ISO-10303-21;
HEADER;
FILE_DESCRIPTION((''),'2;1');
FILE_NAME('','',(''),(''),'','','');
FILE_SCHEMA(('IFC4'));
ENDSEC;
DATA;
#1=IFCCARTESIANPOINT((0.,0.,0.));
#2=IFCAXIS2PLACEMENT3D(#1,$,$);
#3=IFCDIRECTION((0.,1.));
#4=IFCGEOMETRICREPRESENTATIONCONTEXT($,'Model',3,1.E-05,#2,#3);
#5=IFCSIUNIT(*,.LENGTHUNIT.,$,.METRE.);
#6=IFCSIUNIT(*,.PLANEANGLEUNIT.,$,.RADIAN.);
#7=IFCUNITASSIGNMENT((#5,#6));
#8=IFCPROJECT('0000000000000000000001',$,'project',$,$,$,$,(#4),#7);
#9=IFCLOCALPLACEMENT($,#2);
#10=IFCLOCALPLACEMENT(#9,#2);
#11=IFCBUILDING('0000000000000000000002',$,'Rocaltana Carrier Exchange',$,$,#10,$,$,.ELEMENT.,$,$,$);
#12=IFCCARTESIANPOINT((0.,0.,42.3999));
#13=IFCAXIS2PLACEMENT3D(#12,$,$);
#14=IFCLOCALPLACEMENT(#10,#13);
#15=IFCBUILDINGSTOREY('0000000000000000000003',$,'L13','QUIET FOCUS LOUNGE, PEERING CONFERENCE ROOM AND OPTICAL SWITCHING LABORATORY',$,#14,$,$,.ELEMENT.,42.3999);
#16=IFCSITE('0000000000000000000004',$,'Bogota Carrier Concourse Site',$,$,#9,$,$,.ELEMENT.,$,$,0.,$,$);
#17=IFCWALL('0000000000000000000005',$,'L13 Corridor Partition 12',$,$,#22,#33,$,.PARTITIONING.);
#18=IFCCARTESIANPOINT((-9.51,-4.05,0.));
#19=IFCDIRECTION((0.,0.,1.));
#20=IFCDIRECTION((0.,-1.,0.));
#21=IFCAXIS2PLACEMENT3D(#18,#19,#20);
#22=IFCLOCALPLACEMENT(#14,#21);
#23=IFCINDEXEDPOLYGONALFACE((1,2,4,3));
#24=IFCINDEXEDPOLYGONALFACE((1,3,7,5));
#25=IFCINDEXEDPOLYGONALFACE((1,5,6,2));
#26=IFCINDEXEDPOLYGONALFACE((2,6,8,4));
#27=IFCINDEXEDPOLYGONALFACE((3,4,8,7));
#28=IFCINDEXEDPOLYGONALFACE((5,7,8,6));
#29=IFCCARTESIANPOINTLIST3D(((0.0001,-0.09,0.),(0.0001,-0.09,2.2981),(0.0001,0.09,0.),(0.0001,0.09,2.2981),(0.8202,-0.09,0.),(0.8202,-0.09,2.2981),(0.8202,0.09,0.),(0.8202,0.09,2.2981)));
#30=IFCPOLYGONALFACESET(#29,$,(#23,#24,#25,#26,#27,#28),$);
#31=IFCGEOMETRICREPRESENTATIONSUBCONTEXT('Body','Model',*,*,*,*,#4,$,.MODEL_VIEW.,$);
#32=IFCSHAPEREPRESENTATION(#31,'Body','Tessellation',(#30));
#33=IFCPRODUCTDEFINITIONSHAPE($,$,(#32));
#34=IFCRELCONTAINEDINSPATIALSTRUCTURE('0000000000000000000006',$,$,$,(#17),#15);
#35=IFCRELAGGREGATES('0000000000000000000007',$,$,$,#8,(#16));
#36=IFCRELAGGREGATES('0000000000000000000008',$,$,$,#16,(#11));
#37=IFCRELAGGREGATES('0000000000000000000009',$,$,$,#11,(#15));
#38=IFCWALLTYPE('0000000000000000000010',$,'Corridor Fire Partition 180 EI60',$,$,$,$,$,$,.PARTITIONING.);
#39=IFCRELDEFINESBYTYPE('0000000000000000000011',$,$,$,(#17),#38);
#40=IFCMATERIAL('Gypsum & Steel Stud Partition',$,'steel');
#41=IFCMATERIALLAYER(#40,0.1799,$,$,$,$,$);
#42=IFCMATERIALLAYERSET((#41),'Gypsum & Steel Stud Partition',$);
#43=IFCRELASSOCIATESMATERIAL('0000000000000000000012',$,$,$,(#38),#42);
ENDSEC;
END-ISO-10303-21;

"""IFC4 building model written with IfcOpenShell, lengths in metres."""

from ifc_helpers import new_model, si_unit, direction, frame, frame_2d, origin, place, context, subcontext, project, spatial, rectangle, extrude, material, layer, layer_set, type_object, element, save


model = new_model("IFC4")

# Units and contexts
model_context = context("Model", 3, precision=1e-05, world=origin(), true_north=direction((0.0, 1.0)))
body_context = subcontext(model_context, "Body", "Model", "MODEL_VIEW")
ifc_project = project(units=[si_unit("LENGTHUNIT", "METRE"), si_unit("PLANEANGLEUNIT", "RADIAN")], contexts=[model_context])

# Site, building, storey
site_placement = place(None, origin())
site = spatial("IfcSite", under=ifc_project, at=site_placement, Name="Bogota Carrier Concourse Site", CompositionType="ELEMENT", RefElevation=0.0)
building_placement = place(site_placement, origin())
building = spatial("IfcBuilding", under=site, at=building_placement, Name="Rocaltana Carrier Exchange", CompositionType="ELEMENT")
storey_placement = place(building_placement, frame((0.0, 0.0, 42.3999)))
storey = spatial("IfcBuildingStorey", under=building, at=storey_placement, Name="L13", Description="QUIET FOCUS LOUNGE, PEERING CONFERENCE ROOM AND OPTICAL SWITCHING LABORATORY", CompositionType="ELEMENT", Elevation=42.3999)

# Shared definitions
ifc_material_1 = material(Name="Gypsum & Steel Stud Partition", Category="steel")
ifc_layer_1 = layer(ifc_material_1, 0.1799)
ifc_layer_set_1 = layer_set([ifc_layer_1], Name="Gypsum & Steel Stud Partition")
wall_type = type_object("IfcWallType", Name="Corridor Fire Partition 180 EI60", PredefinedType="PARTITIONING", material=ifc_layer_set_1)

# Wall
wall_1_placement = place(storey_placement, frame((-9.51, -4.05, 0.0), z_axis=(0.0, 0.0, 1.0), x_axis=(0.0, -1.0, 0.0)))
element("IfcWall", 1, at=wall_1_placement, inside=storey, type_object=wall_type, Name="L13 Corridor Partition 12", PredefinedType="PARTITIONING", context=body_context, shape_type="SweptSolid", body=[
    extrude(rectangle(XDim=0.8201, YDim=0.1799, at=frame_2d((0.4102, 0.0))), origin(), (0.0, 0.0, 1.0), 2.2981),
])

save(model, "model.ifc")
